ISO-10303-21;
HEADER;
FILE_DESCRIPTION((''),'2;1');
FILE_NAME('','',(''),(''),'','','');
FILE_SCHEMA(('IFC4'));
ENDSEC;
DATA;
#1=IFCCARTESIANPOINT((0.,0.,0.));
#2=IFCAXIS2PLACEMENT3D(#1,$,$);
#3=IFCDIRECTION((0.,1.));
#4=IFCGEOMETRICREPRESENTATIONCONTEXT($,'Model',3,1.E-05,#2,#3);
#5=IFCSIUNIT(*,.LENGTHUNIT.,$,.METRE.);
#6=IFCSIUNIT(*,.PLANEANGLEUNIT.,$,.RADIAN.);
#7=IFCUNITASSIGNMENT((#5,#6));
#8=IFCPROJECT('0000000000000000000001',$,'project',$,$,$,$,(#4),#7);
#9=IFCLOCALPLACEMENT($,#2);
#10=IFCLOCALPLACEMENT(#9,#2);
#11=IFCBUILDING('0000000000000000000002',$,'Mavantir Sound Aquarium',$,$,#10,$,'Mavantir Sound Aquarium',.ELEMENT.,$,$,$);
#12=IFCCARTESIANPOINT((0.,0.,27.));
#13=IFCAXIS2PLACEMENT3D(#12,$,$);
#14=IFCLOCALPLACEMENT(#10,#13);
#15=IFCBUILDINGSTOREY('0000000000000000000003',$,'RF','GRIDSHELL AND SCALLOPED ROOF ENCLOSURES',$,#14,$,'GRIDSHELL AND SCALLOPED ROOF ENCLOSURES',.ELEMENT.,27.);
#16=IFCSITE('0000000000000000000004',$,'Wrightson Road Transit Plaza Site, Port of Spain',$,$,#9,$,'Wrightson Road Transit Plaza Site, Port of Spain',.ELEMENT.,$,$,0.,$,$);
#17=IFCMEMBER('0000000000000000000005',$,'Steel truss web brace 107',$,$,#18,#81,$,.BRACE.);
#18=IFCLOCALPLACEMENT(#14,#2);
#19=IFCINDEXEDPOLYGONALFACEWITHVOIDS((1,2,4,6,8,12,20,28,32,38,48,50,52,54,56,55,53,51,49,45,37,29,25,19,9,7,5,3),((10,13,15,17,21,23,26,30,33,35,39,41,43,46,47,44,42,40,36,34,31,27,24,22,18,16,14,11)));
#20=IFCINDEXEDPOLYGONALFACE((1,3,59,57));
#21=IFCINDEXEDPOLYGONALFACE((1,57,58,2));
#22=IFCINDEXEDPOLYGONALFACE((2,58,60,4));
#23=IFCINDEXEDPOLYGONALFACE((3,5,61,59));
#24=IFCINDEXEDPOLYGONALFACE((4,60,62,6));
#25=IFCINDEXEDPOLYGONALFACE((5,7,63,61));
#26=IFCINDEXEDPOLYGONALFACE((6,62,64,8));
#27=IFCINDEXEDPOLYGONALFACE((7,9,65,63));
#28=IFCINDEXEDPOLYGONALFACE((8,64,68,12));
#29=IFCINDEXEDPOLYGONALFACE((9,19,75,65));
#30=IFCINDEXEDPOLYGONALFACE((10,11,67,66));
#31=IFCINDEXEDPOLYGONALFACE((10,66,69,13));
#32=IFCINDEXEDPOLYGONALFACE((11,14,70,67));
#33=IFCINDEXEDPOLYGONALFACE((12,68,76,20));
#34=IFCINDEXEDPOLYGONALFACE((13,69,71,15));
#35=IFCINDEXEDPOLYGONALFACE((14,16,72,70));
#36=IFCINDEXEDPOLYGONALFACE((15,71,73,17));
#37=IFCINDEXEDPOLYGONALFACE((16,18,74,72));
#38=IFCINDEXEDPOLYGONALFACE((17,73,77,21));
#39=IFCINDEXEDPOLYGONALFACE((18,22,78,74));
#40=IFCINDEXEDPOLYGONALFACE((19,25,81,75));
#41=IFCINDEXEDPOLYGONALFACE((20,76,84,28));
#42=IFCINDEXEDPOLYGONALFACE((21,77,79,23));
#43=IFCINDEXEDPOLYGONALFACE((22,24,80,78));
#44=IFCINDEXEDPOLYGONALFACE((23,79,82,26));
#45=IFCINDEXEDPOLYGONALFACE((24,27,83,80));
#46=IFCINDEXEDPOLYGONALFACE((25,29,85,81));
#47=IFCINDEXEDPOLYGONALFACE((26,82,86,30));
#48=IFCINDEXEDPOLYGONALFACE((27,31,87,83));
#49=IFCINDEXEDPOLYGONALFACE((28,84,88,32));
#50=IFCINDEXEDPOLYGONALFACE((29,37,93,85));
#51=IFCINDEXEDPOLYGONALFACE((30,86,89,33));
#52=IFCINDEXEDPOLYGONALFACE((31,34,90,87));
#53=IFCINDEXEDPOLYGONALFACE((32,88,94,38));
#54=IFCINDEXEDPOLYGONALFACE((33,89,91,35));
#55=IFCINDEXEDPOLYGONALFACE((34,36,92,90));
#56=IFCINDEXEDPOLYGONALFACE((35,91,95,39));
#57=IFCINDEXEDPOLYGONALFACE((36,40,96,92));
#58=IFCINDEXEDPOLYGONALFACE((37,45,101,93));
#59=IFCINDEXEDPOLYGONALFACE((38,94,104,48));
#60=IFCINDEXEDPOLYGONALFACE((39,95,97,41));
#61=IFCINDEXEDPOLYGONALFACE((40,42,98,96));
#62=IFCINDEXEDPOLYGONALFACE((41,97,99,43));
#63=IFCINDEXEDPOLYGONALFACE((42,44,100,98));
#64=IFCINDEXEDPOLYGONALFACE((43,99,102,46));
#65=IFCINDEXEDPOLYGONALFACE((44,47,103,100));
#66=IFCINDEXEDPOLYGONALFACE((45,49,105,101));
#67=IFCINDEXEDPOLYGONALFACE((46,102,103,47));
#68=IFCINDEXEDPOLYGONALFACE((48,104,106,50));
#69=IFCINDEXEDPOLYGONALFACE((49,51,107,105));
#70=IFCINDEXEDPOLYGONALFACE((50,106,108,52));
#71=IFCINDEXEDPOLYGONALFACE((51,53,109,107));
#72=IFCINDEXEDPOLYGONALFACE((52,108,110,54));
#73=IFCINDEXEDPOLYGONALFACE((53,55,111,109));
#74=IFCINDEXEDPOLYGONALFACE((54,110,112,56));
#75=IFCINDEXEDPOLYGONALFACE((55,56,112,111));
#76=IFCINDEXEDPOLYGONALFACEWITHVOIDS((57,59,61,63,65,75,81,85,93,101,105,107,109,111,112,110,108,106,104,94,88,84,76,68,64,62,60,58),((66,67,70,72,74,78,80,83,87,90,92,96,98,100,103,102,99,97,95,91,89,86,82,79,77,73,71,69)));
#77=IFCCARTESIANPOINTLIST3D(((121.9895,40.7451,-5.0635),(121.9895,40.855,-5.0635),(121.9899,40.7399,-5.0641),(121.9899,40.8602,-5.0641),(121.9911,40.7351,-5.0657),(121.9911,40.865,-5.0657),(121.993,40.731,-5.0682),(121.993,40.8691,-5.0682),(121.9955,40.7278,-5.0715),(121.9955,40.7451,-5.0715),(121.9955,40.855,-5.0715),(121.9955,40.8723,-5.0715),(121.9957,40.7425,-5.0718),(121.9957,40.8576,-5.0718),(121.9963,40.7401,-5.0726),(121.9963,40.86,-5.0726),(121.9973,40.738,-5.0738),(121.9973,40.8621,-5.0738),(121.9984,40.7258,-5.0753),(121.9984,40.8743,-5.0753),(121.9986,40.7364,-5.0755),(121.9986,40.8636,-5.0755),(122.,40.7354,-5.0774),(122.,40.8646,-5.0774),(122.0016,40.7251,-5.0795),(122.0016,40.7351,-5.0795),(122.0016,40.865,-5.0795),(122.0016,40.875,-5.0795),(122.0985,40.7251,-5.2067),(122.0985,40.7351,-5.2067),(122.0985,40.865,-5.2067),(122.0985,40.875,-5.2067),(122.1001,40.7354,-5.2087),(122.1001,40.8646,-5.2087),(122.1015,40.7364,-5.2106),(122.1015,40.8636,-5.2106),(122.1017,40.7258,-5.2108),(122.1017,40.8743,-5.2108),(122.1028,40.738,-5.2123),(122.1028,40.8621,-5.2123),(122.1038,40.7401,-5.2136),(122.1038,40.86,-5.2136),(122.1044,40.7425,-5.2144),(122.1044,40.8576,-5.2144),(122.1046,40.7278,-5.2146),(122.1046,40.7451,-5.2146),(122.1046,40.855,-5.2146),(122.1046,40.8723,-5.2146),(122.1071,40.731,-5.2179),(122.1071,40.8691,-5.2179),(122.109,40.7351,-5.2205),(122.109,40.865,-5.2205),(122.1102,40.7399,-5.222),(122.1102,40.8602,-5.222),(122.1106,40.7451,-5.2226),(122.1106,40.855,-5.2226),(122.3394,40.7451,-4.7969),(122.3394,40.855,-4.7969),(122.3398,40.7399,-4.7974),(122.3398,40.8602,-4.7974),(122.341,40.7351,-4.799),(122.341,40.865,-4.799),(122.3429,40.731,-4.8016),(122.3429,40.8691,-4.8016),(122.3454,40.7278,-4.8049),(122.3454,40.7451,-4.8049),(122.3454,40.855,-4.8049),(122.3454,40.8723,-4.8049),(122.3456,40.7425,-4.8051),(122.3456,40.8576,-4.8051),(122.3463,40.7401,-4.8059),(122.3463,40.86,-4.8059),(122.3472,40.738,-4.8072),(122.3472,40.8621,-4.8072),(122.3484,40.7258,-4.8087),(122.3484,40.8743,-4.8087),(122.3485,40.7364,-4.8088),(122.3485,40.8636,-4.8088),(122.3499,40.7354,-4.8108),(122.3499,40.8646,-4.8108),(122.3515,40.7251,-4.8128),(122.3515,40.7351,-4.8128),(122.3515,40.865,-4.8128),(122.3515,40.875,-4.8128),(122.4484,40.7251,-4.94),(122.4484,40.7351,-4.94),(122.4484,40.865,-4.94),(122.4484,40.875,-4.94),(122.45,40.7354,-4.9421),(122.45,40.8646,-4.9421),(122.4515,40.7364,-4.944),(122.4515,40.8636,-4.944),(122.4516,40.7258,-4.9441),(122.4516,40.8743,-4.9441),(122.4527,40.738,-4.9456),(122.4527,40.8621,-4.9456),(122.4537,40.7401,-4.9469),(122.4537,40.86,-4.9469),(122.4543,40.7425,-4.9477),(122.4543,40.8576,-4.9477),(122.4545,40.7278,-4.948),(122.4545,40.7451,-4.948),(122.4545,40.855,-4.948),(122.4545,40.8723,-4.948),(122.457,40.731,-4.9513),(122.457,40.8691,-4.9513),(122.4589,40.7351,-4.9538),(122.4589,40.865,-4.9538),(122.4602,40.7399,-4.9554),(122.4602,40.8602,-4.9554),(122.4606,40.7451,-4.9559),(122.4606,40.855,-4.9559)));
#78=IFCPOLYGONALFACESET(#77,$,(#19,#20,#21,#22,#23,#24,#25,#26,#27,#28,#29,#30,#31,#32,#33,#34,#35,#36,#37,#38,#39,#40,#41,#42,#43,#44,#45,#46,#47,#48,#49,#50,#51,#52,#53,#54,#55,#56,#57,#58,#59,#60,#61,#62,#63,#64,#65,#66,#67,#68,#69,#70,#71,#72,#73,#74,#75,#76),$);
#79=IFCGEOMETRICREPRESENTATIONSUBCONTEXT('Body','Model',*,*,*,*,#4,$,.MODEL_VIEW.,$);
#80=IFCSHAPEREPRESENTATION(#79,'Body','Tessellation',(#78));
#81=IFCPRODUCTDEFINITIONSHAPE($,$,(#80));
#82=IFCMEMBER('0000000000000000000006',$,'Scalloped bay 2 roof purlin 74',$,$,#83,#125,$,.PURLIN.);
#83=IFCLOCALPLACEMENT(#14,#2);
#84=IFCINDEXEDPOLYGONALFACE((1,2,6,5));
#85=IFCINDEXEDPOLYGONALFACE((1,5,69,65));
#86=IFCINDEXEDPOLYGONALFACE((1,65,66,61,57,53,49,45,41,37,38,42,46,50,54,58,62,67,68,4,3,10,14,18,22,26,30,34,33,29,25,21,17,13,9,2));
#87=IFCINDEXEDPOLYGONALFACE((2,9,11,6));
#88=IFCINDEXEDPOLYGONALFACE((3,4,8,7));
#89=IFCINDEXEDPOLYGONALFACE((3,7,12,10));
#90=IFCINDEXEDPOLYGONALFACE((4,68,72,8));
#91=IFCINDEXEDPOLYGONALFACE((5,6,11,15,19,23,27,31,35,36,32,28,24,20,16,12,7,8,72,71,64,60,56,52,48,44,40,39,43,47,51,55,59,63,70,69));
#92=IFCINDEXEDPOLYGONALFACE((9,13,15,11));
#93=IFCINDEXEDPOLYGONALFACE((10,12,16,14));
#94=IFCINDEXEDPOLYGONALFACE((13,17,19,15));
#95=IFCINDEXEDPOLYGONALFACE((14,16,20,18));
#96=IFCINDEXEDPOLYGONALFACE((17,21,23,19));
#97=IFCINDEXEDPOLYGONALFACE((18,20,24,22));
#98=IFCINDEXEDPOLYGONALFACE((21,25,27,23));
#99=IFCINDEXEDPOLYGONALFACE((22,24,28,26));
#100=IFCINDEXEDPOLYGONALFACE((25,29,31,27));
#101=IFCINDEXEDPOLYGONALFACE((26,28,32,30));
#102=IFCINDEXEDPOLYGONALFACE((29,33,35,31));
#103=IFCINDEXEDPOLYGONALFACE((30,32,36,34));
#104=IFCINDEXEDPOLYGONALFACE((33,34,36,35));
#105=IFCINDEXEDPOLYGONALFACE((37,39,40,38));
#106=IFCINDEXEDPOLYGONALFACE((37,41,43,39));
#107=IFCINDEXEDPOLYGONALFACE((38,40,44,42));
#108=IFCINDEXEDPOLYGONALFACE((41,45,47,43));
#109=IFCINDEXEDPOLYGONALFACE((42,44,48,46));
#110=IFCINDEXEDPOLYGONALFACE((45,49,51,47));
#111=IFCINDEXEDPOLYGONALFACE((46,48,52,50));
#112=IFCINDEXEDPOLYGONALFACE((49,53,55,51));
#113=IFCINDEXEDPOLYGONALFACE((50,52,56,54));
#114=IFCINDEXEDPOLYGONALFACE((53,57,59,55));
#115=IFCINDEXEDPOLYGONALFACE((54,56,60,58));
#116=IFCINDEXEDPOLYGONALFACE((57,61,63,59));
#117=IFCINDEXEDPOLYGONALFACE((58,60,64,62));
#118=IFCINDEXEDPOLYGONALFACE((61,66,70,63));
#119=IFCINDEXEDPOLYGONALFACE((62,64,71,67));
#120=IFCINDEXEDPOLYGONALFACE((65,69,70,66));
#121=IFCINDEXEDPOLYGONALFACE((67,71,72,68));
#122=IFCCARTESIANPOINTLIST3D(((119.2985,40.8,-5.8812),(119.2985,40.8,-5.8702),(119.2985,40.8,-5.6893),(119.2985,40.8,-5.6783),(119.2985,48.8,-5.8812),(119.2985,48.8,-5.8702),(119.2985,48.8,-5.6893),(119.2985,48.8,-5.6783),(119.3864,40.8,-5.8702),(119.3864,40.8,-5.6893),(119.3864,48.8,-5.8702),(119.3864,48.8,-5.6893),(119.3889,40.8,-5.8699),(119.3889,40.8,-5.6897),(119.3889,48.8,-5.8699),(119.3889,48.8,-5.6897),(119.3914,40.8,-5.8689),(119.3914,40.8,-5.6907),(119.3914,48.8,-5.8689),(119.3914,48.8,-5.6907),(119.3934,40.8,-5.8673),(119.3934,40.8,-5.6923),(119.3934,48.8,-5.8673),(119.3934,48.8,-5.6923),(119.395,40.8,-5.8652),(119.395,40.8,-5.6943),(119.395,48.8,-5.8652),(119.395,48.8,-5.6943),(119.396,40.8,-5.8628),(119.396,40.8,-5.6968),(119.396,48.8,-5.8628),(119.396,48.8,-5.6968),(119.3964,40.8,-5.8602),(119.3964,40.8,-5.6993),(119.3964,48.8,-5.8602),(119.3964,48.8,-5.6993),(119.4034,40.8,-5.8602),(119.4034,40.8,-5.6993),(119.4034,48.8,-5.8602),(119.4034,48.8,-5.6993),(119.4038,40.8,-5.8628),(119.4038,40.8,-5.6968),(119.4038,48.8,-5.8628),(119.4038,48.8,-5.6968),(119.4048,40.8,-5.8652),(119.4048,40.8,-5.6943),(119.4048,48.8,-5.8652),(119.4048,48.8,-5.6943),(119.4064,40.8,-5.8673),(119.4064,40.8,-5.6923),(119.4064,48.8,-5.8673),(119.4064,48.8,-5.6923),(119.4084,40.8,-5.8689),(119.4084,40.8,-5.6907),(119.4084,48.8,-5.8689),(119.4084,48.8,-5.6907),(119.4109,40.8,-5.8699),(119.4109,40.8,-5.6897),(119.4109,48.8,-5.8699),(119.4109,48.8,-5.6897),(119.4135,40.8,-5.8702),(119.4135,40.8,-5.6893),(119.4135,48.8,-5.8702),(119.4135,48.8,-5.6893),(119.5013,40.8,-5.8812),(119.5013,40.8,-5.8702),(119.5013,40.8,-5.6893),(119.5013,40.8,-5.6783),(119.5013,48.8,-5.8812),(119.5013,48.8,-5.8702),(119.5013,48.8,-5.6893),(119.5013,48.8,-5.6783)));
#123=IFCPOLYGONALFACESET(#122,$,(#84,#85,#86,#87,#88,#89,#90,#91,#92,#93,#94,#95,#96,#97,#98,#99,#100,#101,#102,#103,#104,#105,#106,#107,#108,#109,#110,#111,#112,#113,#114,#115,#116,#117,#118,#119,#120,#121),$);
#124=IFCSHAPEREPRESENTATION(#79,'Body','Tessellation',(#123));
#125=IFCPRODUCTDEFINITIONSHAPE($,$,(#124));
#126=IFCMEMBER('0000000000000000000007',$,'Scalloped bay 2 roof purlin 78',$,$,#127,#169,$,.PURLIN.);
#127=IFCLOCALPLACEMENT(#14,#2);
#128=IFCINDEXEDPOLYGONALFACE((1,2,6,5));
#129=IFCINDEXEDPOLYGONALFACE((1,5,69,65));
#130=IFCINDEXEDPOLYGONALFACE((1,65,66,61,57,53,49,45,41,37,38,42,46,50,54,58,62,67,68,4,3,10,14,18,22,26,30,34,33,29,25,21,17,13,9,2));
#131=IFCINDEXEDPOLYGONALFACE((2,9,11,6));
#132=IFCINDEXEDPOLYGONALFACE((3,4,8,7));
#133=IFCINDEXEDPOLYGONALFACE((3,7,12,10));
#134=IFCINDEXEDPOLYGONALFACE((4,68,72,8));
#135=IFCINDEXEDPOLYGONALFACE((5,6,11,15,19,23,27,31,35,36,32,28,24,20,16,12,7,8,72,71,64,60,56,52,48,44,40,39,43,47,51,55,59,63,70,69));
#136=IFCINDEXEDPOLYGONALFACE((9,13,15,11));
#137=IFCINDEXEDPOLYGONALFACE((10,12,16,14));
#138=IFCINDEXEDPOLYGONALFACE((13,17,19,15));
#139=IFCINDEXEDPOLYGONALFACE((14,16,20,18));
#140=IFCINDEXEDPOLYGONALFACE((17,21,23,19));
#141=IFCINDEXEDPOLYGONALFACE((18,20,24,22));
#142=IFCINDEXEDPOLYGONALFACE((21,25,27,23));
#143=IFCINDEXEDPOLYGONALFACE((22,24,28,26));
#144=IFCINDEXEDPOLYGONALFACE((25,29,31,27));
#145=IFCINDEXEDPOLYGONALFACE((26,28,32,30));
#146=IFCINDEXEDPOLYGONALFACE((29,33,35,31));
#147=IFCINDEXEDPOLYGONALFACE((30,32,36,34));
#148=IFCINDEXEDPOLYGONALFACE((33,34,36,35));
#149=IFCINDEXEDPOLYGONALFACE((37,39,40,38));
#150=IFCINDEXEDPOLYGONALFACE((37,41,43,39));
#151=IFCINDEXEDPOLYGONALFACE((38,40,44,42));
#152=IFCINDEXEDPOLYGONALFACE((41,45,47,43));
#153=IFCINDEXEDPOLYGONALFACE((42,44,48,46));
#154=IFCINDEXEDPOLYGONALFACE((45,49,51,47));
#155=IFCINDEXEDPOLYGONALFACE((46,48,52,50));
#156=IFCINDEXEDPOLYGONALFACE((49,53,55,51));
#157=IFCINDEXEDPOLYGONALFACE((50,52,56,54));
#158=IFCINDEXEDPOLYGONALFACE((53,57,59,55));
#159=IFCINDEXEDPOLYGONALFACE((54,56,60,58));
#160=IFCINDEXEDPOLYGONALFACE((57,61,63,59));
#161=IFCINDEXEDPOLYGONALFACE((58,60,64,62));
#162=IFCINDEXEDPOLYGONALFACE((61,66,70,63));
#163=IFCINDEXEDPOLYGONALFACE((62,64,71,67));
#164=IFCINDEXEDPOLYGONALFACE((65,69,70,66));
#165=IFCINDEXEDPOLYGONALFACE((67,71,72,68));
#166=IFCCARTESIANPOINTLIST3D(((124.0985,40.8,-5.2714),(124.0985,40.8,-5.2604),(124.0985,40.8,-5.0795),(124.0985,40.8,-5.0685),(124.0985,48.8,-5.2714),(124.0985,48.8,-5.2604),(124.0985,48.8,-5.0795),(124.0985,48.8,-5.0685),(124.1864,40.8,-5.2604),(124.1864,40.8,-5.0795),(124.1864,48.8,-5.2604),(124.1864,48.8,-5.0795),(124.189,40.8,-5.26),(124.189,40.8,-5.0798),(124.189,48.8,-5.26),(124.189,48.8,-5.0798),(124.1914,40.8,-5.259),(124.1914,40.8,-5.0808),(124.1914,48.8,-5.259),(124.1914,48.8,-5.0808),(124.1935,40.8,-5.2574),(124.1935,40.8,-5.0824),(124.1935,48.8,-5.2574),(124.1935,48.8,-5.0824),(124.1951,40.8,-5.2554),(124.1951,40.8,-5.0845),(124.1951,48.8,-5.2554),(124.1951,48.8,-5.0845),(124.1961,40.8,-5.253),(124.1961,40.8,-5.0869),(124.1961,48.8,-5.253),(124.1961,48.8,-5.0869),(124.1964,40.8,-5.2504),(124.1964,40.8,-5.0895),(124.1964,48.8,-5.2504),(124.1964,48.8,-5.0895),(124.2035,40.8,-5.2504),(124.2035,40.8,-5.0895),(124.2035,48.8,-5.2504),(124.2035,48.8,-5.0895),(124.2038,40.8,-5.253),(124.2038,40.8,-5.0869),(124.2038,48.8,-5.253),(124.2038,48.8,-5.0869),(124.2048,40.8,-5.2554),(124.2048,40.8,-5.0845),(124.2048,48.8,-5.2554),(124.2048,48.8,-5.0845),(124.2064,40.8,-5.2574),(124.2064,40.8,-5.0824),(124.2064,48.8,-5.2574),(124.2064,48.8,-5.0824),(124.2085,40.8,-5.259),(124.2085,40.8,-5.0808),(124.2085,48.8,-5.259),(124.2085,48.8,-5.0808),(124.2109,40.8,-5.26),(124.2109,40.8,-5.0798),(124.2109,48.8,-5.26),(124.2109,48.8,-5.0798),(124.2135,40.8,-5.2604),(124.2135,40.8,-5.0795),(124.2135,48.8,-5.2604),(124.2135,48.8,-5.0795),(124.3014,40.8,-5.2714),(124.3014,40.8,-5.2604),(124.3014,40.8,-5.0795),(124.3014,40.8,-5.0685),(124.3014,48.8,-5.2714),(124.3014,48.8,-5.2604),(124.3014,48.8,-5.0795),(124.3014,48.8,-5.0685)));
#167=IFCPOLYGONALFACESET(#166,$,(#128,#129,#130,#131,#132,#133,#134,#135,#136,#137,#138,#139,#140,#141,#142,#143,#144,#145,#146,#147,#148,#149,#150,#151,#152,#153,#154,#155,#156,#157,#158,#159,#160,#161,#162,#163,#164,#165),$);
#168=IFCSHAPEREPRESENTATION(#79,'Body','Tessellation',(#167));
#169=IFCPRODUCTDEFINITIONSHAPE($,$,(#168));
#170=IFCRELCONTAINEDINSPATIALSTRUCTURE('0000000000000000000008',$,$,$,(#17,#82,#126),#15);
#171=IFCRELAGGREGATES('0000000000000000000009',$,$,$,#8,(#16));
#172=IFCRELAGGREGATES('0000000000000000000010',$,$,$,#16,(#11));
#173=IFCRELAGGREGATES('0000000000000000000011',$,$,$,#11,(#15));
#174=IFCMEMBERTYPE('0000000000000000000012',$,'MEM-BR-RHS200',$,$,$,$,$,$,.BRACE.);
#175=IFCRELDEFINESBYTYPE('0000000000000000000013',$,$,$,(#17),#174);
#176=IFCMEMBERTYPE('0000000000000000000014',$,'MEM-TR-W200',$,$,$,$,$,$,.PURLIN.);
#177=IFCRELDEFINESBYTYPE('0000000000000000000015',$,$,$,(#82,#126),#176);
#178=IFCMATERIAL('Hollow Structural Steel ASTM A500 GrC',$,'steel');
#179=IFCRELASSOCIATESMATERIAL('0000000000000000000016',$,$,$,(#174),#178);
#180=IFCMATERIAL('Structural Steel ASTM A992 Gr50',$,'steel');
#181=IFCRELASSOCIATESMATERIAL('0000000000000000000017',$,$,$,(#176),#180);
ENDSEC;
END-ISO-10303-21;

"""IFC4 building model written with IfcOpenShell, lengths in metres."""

from ifc_helpers import new_model, si_unit, direction, frame, origin, origin_2d, place, context, subcontext, project, spatial, hollow_rectangle, i_section, extrude, material, material_profile, profile_set, type_object, element, save


model = new_model("IFC4")

# Units and contexts
model_context = context("Model", 3, precision=1e-05, world=origin(), true_north=direction((0.0, 1.0)))
body_context = subcontext(model_context, "Body", "Model", "MODEL_VIEW")
ifc_project = project(units=[si_unit("LENGTHUNIT", "METRE"), si_unit("PLANEANGLEUNIT", "RADIAN")], contexts=[model_context])

# Site, building, storey
site_placement = place(None, origin())
site = spatial("IfcSite", under=ifc_project, at=site_placement, Name="Wrightson Road Transit Plaza Site, Port of Spain", LongName="Wrightson Road Transit Plaza Site, Port of Spain", CompositionType="ELEMENT", RefElevation=0.0)
building_placement = place(site_placement, origin())
building = spatial("IfcBuilding", under=site, at=building_placement, Name="Mavantir Sound Aquarium", LongName="Mavantir Sound Aquarium", CompositionType="ELEMENT")
storey_placement = place(building_placement, frame((0.0, 0.0, 27.0)))
storey = spatial("IfcBuildingStorey", under=building, at=storey_placement, Name="RF", Description="GRIDSHELL AND SCALLOPED ROOF ENCLOSURES", LongName="GRIDSHELL AND SCALLOPED ROOF ENCLOSURES", CompositionType="ELEMENT", Elevation=27.0)

# Shared definitions
ifc_material_1 = material(Name="Structural Steel ASTM A992 Gr50", Category="steel")

# Members
ifc_material_2 = material(Name="Hollow Structural Steel ASTM A500 GrC", Category="steel")
ifc_material_profile_1 = material_profile(ifc_material_2, hollow_rectangle(XDim=0.1499, YDim=0.2, WallThickness=0.01, InnerFilletRadius=0.01, OuterFilletRadius=0.02, at=origin_2d()), Name="RHS 200X150X10")
ifc_profile_set_1 = profile_set([ifc_material_profile_1], Name="Hollow Structural Steel ASTM A500 GrC")
member_type_1 = type_object("IfcMemberType", Name="MEM-BR-RHS200", PredefinedType="BRACE", material=ifc_profile_set_1)
member_1_placement = place(storey_placement, frame((122.05, 40.8, -5.1431), z_axis=(0.795381, 0.0, 0.60611), x_axis=(0.0, 1.0, 0.0)))
element("IfcMember", 1, at=member_1_placement, inside=storey, type_object=member_type_1, Name="Steel truss web brace 107", PredefinedType="BRACE", context=body_context, shape_type="SweptSolid", body=[
    extrude(hollow_rectangle(XDim=0.1499, YDim=0.2, WallThickness=0.01, InnerFilletRadius=0.01, OuterFilletRadius=0.02, at=origin_2d()), origin(), (0.0, 0.0, 1.0), 0.4399),
])
ifc_material_profile_2 = material_profile(ifc_material_1, i_section(OverallWidth=0.2029, OverallDepth=0.2029, WebThickness=0.0071, FlangeThickness=0.011, FilletRadius=0.01, at=origin_2d()), Name="W200X46")
ifc_profile_set_2 = profile_set([ifc_material_profile_2], Name="Structural Steel ASTM A992 Gr50")
member_type_2 = type_object("IfcMemberType", Name="MEM-TR-W200", PredefinedType="PURLIN", material=ifc_profile_set_2)
for number, where, z_axis, x_axis, name in (
    (2, (119.3999, 40.8, -5.7798), (0.0, 1.0, 0.0), (-1.0, 0.0, 0.0), "Scalloped bay 2 roof purlin 74"),
    (3, (124.2, 40.8, -5.1699), (0.0, 1.0, 0.0), (-1.0, 0.0, 0.0), "Scalloped bay 2 roof purlin 78"),
):
    element("IfcMember", number, at=place(storey_placement, frame(where, z_axis=z_axis, x_axis=x_axis)), inside=storey, type_object=member_type_2, Name=name, PredefinedType="PURLIN", context=body_context, shape_type="SweptSolid", body=[
        extrude(i_section(OverallWidth=0.2029, OverallDepth=0.2029, WebThickness=0.0071, FlangeThickness=0.011, FilletRadius=0.01, at=origin_2d()), origin(), (0.0, 0.0, 1.0), 8.0),
    ])

save(model, "model.ifc")
